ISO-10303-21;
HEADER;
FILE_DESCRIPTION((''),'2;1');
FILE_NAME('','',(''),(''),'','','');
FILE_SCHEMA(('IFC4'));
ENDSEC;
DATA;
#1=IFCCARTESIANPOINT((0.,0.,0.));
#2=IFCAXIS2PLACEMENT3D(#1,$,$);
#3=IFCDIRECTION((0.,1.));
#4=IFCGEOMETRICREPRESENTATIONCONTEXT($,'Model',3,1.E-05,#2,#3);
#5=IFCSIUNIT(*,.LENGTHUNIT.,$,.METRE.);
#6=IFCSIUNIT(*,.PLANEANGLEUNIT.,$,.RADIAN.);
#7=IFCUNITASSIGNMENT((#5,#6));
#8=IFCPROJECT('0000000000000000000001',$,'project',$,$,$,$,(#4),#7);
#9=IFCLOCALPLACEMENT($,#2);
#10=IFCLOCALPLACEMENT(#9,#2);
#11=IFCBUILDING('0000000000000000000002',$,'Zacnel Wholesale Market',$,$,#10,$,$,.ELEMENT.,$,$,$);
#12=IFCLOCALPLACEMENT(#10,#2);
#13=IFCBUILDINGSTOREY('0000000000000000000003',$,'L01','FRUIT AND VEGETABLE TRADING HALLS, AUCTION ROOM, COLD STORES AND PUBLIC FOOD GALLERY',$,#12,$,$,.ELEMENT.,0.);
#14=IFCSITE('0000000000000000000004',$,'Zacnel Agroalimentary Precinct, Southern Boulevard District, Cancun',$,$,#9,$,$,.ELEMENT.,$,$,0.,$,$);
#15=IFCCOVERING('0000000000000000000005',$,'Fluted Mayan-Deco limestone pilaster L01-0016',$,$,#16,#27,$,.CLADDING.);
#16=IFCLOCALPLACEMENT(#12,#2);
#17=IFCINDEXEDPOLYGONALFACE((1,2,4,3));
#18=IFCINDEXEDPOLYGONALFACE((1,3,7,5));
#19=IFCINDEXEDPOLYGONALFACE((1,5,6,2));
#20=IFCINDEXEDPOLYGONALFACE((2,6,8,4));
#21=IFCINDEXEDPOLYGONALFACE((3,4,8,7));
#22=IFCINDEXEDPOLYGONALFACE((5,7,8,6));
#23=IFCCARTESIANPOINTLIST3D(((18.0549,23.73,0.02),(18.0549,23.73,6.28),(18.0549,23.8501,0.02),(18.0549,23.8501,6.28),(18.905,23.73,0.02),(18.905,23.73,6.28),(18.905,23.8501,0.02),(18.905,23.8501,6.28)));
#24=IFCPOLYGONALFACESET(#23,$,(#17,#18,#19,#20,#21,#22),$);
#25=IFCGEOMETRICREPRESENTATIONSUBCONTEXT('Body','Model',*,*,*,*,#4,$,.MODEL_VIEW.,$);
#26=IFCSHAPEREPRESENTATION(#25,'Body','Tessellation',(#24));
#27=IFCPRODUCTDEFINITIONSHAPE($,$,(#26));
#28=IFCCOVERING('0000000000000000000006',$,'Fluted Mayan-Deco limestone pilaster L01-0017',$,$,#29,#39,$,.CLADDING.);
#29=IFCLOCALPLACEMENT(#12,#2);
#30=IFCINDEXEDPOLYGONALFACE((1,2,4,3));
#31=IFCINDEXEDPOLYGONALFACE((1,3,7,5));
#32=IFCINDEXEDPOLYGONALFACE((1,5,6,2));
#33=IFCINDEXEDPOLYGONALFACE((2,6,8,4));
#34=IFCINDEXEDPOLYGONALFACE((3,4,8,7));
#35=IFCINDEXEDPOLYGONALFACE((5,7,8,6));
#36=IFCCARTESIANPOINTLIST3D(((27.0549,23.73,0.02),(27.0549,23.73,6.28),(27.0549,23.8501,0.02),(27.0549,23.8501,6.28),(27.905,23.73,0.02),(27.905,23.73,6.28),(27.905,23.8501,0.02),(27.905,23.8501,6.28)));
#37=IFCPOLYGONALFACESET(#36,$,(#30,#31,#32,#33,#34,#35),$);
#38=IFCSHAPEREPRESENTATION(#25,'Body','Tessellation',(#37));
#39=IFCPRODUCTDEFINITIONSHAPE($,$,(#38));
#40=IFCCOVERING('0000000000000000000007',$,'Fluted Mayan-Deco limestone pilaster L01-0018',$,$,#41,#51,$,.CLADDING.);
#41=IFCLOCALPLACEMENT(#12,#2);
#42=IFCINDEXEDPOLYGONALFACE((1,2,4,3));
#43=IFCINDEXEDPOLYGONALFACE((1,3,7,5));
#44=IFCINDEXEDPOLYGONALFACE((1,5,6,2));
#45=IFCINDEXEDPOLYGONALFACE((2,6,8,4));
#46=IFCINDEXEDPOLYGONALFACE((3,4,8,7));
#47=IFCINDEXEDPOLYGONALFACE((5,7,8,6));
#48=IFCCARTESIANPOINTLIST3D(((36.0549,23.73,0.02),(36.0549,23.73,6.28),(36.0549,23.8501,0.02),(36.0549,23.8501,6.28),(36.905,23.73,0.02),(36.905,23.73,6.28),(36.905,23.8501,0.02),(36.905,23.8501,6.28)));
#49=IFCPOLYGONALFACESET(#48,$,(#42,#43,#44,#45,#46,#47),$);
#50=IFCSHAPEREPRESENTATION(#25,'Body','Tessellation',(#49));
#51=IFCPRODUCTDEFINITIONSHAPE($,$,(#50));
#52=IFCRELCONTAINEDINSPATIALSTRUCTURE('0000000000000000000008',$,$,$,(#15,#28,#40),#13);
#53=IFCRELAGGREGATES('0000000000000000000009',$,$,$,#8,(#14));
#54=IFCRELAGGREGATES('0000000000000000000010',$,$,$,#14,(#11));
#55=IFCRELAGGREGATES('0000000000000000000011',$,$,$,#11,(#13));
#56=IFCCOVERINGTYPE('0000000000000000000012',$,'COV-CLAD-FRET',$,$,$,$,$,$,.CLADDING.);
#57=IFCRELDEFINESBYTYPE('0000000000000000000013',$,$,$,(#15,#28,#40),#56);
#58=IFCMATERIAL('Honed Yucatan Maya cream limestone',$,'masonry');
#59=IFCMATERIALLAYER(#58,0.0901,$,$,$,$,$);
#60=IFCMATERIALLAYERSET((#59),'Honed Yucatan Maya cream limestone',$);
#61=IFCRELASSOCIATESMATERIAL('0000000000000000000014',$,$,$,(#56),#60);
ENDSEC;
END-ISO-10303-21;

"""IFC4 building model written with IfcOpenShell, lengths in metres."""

from ifc_helpers import new_model, si_unit, direction, frame, origin, origin_2d, place, context, subcontext, project, spatial, rectangle, extrude, material, layer, layer_set, type_object, element, save


model = new_model("IFC4")

# Units and contexts
model_context = context("Model", 3, precision=1e-05, world=origin(), true_north=direction((0.0, 1.0)))
body_context = subcontext(model_context, "Body", "Model", "MODEL_VIEW")
ifc_project = project(units=[si_unit("LENGTHUNIT", "METRE"), si_unit("PLANEANGLEUNIT", "RADIAN")], contexts=[model_context])

# Site, building, storey
site_placement = place(None, origin())
site = spatial("IfcSite", under=ifc_project, at=site_placement, Name="Zacnel Agroalimentary Precinct, Southern Boulevard District, Cancun", CompositionType="ELEMENT", RefElevation=0.0)
building_placement = place(site_placement, origin())
building = spatial("IfcBuilding", under=site, at=building_placement, Name="Zacnel Wholesale Market", CompositionType="ELEMENT")
storey_placement = place(building_placement, origin())
storey = spatial("IfcBuildingStorey", under=building, at=storey_placement, Name="L01", Description="FRUIT AND VEGETABLE TRADING HALLS, AUCTION ROOM, COLD STORES AND PUBLIC FOOD GALLERY", CompositionType="ELEMENT", Elevation=0.0)

# Coverings
ifc_material_1 = material(Name="Honed Yucatan Maya cream limestone", Category="masonry")
ifc_layer_1 = layer(ifc_material_1, 0.0901)
ifc_layer_set_1 = layer_set([ifc_layer_1], Name="Honed Yucatan Maya cream limestone")
covering_type = type_object("IfcCoveringType", Name="COV-CLAD-FRET", PredefinedType="CLADDING", material=ifc_layer_set_1)
for number, where, z_axis, x_axis, name in (
    (1, (18.48, 23.79, 0.02), (0.0, 0.0, 1.0), (1.0, 0.0, 0.0), "Fluted Mayan-Deco limestone pilaster L01-0016"),
    (2, (27.48, 23.79, 0.02), (0.0, 0.0, 1.0), (1.0, 0.0, 0.0), "Fluted Mayan-Deco limestone pilaster L01-0017"),
    (3, (36.48, 23.79, 0.02), (0.0, 0.0, 1.0), (1.0, 0.0, 0.0), "Fluted Mayan-Deco limestone pilaster L01-0018"),
):
    element("IfcCovering", number, at=place(storey_placement, frame(where, z_axis=z_axis, x_axis=x_axis)), inside=storey, type_object=covering_type, Name=name, PredefinedType="CLADDING", context=body_context, shape_type="SweptSolid", body=[
        extrude(rectangle(XDim=0.8501, YDim=0.1201, at=origin_2d()), origin(), (0.0, 0.0, 1.0), 6.26),
    ])

save(model, "model.ifc")
